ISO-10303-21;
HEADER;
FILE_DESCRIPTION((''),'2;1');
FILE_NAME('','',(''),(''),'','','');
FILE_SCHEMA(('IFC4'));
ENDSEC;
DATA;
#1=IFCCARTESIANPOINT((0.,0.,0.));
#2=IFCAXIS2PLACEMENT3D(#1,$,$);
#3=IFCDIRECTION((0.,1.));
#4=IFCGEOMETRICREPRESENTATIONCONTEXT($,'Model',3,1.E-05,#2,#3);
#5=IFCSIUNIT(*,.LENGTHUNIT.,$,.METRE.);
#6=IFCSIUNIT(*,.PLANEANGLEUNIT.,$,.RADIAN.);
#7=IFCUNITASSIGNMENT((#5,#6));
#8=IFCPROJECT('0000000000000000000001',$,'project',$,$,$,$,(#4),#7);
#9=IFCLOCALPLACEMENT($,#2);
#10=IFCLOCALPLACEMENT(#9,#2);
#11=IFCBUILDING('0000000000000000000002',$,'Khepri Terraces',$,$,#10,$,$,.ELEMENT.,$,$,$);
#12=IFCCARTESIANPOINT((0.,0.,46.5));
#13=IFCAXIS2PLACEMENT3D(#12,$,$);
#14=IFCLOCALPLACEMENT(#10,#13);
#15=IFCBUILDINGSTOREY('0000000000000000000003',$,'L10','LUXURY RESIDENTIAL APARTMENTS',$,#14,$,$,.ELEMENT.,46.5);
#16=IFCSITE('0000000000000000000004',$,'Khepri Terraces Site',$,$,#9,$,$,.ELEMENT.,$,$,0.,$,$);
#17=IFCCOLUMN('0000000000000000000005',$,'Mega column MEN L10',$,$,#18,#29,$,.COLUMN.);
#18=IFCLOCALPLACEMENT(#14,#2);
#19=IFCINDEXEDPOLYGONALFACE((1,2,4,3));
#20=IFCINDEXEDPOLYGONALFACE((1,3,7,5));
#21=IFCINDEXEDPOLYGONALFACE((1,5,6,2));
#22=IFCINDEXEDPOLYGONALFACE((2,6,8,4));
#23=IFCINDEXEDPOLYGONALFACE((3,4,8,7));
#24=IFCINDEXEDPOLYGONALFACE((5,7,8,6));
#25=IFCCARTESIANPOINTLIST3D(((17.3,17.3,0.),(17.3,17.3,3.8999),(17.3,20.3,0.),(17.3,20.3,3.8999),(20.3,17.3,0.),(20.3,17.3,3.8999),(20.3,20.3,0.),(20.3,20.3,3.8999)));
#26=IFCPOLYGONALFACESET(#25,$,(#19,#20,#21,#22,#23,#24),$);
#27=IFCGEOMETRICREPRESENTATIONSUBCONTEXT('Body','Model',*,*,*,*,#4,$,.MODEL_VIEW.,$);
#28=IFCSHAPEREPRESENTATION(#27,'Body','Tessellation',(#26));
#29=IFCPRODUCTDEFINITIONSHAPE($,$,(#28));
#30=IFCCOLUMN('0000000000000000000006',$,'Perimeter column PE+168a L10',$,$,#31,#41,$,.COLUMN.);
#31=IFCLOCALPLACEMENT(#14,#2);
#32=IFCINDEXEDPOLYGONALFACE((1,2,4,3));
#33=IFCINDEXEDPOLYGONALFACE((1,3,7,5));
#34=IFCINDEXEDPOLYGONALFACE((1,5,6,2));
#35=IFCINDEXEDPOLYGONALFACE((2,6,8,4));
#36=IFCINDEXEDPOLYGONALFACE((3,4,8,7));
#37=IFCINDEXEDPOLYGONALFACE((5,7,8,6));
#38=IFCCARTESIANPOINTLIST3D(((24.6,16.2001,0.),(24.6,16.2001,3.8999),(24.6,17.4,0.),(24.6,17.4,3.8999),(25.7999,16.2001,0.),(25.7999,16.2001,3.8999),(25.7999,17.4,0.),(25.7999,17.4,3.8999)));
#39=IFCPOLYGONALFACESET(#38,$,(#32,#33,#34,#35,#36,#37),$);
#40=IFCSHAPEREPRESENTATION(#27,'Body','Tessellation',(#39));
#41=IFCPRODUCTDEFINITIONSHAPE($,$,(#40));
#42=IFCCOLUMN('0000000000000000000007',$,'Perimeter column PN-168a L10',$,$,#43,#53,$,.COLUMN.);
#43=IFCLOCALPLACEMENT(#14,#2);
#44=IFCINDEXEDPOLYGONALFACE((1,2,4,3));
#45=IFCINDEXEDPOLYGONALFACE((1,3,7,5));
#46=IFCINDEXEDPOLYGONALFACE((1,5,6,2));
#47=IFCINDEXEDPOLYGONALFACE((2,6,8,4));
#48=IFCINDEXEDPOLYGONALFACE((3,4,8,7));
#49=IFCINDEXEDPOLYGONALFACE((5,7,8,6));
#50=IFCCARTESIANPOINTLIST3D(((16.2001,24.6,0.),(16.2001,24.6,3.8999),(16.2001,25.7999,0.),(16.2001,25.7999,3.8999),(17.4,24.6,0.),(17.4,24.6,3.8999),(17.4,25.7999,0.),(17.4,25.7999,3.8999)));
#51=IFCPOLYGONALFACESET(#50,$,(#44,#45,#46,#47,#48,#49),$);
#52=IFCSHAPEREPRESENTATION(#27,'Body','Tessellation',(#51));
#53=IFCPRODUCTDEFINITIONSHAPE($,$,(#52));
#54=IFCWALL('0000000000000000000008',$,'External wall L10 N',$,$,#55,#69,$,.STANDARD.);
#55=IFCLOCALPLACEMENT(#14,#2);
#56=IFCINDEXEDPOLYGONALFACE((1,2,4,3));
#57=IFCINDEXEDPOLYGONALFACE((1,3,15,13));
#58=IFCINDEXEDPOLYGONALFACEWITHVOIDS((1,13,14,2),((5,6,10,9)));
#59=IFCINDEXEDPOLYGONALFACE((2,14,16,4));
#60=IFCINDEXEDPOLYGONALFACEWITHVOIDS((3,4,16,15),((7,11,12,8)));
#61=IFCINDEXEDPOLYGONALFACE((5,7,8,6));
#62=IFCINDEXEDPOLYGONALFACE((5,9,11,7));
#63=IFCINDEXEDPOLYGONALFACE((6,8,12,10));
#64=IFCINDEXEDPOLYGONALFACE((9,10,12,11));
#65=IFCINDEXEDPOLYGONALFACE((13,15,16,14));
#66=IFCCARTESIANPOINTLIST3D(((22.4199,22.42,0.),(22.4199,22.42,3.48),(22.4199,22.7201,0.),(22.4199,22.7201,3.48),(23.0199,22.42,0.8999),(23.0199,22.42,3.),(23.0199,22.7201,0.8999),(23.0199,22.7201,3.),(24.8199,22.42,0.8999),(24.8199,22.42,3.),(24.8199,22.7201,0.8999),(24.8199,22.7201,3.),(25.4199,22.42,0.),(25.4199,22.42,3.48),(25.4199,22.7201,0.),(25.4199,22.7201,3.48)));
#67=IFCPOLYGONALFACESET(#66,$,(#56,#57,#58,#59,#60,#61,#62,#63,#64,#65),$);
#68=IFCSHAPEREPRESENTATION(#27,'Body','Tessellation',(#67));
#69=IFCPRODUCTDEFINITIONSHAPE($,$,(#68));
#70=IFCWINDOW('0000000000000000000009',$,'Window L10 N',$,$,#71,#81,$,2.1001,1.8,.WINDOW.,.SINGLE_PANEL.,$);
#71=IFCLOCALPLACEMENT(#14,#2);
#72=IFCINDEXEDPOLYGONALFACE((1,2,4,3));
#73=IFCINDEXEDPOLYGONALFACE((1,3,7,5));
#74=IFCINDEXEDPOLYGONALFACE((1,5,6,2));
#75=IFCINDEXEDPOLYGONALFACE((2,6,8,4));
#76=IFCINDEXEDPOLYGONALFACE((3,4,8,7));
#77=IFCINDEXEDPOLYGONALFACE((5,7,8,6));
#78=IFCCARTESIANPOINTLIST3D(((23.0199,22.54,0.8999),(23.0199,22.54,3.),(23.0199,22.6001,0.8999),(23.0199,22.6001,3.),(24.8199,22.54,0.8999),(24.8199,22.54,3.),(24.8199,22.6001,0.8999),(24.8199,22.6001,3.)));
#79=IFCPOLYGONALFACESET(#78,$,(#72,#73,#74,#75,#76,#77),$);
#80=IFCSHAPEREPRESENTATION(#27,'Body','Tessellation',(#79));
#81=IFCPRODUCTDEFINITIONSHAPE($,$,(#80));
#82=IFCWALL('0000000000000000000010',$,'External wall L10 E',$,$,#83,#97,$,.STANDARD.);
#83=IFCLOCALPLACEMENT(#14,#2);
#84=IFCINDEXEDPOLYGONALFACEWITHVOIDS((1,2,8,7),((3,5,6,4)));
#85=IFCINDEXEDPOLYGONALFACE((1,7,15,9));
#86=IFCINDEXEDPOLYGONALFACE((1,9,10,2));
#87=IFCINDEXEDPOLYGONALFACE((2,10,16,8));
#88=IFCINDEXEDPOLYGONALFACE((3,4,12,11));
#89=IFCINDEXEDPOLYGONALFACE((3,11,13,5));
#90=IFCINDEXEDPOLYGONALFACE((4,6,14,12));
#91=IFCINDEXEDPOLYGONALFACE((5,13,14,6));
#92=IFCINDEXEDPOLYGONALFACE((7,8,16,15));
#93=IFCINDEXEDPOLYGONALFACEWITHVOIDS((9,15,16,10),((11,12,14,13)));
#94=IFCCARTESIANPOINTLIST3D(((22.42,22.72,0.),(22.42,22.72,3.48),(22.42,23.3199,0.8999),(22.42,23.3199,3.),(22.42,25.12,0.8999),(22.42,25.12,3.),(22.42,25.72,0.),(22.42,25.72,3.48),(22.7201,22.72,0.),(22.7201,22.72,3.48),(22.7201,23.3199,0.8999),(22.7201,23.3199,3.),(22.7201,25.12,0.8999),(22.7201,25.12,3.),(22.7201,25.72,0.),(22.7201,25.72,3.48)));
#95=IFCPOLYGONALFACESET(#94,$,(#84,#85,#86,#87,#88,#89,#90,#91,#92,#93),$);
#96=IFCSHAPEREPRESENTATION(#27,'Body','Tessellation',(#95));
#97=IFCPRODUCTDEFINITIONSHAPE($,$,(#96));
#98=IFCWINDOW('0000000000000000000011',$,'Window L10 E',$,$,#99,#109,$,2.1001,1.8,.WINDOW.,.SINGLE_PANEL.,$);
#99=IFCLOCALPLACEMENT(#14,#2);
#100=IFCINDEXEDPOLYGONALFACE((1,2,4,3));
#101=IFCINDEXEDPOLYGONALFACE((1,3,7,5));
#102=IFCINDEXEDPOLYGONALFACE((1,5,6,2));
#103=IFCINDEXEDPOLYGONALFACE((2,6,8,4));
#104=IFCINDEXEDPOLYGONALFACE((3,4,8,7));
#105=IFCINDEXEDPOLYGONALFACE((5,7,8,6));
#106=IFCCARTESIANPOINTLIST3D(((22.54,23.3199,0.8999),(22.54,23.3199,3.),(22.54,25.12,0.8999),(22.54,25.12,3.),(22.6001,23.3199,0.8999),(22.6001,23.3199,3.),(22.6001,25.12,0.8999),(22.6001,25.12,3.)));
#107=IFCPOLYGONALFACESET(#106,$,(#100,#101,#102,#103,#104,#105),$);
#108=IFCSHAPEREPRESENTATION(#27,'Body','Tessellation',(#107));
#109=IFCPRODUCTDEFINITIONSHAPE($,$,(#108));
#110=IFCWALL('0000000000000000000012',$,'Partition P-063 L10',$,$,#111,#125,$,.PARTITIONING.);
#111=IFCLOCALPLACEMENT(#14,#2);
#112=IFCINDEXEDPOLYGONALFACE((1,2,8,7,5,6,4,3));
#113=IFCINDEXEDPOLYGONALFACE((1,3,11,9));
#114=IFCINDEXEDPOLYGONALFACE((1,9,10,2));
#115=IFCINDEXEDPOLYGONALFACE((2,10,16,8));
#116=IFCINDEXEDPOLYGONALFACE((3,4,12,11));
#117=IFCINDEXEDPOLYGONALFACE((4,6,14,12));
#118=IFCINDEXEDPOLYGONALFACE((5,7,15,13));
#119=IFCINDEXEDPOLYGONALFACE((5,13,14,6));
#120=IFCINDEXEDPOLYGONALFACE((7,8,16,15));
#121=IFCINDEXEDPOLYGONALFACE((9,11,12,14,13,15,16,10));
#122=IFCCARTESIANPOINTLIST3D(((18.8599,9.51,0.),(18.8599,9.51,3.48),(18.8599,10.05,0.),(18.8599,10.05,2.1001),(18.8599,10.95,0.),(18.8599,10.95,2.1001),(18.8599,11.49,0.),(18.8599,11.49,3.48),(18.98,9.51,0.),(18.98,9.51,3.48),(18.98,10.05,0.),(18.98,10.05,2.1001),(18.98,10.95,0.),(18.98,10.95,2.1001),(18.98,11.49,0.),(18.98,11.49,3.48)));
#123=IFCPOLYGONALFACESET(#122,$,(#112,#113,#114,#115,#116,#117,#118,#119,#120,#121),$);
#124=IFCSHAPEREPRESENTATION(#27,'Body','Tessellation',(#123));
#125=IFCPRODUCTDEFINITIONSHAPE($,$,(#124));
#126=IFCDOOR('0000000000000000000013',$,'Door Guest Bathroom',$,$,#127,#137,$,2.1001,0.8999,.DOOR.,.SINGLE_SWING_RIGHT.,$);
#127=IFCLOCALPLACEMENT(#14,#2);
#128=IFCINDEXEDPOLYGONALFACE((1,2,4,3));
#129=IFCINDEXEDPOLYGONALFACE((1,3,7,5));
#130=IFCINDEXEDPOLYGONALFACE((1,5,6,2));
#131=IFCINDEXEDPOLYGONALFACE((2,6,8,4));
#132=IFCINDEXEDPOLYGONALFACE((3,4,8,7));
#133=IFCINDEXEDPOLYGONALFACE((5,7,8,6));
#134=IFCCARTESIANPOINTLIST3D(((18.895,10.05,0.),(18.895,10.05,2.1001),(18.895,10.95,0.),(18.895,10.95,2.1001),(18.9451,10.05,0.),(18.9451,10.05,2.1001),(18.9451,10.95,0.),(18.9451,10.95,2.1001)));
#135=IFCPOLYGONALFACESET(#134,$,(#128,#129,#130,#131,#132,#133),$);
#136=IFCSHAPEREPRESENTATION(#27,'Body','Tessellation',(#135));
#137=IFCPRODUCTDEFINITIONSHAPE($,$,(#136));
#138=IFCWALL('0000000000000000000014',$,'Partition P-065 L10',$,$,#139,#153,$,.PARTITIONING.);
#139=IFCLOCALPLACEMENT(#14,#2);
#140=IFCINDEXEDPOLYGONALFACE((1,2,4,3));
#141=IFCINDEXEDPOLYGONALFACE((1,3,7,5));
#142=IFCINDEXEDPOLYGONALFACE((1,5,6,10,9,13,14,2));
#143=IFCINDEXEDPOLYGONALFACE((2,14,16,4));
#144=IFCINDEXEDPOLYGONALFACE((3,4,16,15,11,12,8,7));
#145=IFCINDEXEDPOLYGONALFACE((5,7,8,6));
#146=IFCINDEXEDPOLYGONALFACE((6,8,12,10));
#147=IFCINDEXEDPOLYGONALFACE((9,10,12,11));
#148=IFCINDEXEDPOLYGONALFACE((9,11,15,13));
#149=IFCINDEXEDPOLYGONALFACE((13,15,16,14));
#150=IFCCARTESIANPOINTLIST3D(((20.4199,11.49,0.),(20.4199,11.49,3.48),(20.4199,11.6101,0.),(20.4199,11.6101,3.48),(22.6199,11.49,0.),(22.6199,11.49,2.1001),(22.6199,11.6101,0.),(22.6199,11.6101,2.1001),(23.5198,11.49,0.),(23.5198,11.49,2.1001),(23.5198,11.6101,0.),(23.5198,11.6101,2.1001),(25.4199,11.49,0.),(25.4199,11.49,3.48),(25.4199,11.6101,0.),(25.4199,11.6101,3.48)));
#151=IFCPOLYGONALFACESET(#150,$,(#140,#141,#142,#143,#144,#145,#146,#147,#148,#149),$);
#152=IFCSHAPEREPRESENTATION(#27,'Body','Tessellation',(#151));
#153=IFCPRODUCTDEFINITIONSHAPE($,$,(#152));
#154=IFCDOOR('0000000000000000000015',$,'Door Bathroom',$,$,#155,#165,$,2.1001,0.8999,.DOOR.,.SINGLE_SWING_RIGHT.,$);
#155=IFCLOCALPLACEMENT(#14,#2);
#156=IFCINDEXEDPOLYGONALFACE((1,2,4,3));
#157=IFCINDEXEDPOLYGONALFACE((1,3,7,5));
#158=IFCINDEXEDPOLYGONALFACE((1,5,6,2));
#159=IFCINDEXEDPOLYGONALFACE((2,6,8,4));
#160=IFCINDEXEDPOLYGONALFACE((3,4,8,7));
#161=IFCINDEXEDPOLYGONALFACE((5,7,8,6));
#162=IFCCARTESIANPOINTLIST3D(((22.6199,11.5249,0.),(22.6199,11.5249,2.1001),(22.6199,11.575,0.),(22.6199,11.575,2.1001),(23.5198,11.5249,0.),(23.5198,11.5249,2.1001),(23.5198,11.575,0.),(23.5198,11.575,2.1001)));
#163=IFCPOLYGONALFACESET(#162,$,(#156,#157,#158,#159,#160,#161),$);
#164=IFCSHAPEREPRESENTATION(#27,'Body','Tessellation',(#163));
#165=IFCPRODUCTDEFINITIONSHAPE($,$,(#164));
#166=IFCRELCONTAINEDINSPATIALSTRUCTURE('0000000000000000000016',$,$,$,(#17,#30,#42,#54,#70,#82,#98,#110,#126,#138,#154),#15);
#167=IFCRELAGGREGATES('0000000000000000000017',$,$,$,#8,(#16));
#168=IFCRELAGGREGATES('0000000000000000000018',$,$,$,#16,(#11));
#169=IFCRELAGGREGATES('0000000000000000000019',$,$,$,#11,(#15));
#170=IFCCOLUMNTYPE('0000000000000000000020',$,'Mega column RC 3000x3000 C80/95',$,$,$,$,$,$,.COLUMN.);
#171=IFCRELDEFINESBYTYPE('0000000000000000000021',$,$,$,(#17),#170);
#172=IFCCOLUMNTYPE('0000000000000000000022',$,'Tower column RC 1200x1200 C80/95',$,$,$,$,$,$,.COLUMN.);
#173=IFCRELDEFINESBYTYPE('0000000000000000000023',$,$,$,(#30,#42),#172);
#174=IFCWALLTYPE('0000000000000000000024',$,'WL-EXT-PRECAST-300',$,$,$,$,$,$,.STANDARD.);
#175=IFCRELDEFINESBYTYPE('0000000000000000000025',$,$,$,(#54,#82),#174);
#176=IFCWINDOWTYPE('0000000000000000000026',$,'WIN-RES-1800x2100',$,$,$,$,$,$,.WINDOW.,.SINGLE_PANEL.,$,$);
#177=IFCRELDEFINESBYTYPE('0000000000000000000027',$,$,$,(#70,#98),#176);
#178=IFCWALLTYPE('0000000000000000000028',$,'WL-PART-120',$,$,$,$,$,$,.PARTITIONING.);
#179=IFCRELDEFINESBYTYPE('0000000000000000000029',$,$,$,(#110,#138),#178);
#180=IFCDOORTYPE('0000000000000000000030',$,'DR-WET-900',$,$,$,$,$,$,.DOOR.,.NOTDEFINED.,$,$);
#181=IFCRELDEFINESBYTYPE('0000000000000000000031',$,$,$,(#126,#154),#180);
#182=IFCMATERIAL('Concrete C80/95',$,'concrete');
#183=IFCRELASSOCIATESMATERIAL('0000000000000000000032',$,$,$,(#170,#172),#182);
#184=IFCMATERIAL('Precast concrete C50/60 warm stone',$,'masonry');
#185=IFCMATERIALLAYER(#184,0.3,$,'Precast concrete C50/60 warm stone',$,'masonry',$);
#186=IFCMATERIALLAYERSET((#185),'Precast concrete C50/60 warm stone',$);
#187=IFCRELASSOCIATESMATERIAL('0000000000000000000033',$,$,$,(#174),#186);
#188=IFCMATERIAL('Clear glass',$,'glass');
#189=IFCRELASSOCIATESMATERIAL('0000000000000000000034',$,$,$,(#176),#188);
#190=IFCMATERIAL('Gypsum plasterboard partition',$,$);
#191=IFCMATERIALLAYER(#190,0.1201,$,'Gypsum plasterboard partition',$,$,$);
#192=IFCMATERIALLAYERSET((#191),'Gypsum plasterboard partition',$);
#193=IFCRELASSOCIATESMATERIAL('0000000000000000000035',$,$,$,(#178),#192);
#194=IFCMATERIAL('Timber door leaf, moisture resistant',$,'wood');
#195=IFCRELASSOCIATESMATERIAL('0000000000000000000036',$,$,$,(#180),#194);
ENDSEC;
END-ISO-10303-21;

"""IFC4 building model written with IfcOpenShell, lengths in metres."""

from ifc_helpers import new_model, si_unit, direction, frame, frame_2d, origin, origin_2d, place, context, subcontext, project, spatial, rectangle, extrude, material, layer, layer_set, material_profile, profile_set, type_object, element, fill, save


model = new_model("IFC4")

# Units and contexts
model_context = context("Model", 3, precision=1e-05, world=origin(), true_north=direction((0.0, 1.0)))
body_context = subcontext(model_context, "Body", "Model", "MODEL_VIEW")
ifc_project = project(units=[si_unit("LENGTHUNIT", "METRE"), si_unit("PLANEANGLEUNIT", "RADIAN")], contexts=[model_context])

# Site, building, storey
site_placement = place(None, origin())
site = spatial("IfcSite", under=ifc_project, at=site_placement, Name="Khepri Terraces Site", CompositionType="ELEMENT", RefElevation=0.0)
building_placement = place(site_placement, origin())
building = spatial("IfcBuilding", under=site, at=building_placement, Name="Khepri Terraces", CompositionType="ELEMENT")
storey_placement = place(building_placement, frame((0.0, 0.0, 46.5)))
storey = spatial("IfcBuildingStorey", under=building, at=storey_placement, Name="L10", Description="LUXURY RESIDENTIAL APARTMENTS", CompositionType="ELEMENT", Elevation=46.5)

# Columns
ifc_material_1 = material(Name="Concrete C80/95", Category="concrete")
ifc_material_profile_1 = material_profile(ifc_material_1, rectangle(XDim=3.0, YDim=3.0, at=origin_2d()), Name="Concrete C80/95", Category="concrete")
ifc_profile_set_1 = profile_set([ifc_material_profile_1], Name="Concrete C80/95")
column_type_1 = type_object("IfcColumnType", Name="Mega column RC 3000x3000 C80/95", PredefinedType="COLUMN", material=ifc_profile_set_1)
column_placement = place(storey_placement, frame((18.8, 18.8, 0.0), z_axis=(0.0, 0.0, 1.0), x_axis=(1.0, 0.0, 0.0)))
element("IfcColumn", 1, at=column_placement, inside=storey, type_object=column_type_1, Name="Mega column MEN L10", PredefinedType="COLUMN", context=body_context, shape_type="SweptSolid", body=[
    extrude(rectangle(XDim=3.0, YDim=3.0, at=origin_2d()), origin(), (0.0, 0.0, 1.0), 3.8999),
])
ifc_material_profile_2 = material_profile(ifc_material_1, rectangle(XDim=1.2, YDim=1.2, at=origin_2d()), Name="Concrete C80/95", Category="concrete")
ifc_profile_set_2 = profile_set([ifc_material_profile_2], Name="Concrete C80/95")
column_type_2 = type_object("IfcColumnType", Name="Tower column RC 1200x1200 C80/95", PredefinedType="COLUMN", material=ifc_profile_set_2)
for number, where, z_axis, x_axis, name in (
    (2, (25.2, 16.8, 0.0), (0.0, 0.0, 1.0), (1.0, 0.0, 0.0), "Perimeter column PE+168a L10"),
    (3, (16.8, 25.2, 0.0), (0.0, 0.0, 1.0), (1.0, 0.0, 0.0), "Perimeter column PN-168a L10"),
):
    element("IfcColumn", number, at=place(storey_placement, frame(where, z_axis=z_axis, x_axis=x_axis)), inside=storey, type_object=column_type_2, Name=name, PredefinedType="COLUMN", context=body_context, shape_type="SweptSolid", body=[
        extrude(rectangle(XDim=1.2, YDim=1.2, at=origin_2d()), origin(), (0.0, 0.0, 1.0), 3.8999),
    ])

# Shared definitions
ifc_material_2 = material(Name="Precast concrete C50/60 warm stone", Category="masonry")
ifc_layer_1 = layer(ifc_material_2, 0.3, Name="Precast concrete C50/60 warm stone", Category="masonry")
ifc_layer_set_1 = layer_set([ifc_layer_1], Name="Precast concrete C50/60 warm stone")
wall_type_1 = type_object("IfcWallType", Name="WL-EXT-PRECAST-300", PredefinedType="STANDARD", material=ifc_layer_set_1)
ifc_material_3 = material(Name="Clear glass", Category="glass")
window_type = type_object("IfcWindowType", Name="WIN-RES-1800x2100", PartitioningType="SINGLE_PANEL", PredefinedType="WINDOW", material=ifc_material_3)

# Walls, openings, windows
wall_1_placement = place(storey_placement, frame((25.4199, 22.5701, 0.0), z_axis=(0.0, 0.0, 1.0), x_axis=(-1.0, 0.0, 0.0)))
wall_1 = element("IfcWall", 4, at=wall_1_placement, inside=storey, type_object=wall_type_1, Name="External wall L10 N", PredefinedType="STANDARD", context=body_context, shape_type="SweptSolid", body=[
    extrude(rectangle(XDim=3.0, YDim=0.3, at=frame_2d((1.5, 0.0))), origin(), (0.0, 0.0, 1.0), 3.48),
])
opening_1_placement = place(wall_1_placement, frame((0.6001, 0.0, 0.8999)))
opening_1 = element("IfcOpeningElement", 5, at=opening_1_placement, cuts=wall_1, PredefinedType="OPENING", context=body_context, shape_type="SweptSolid", body=[
    extrude(rectangle(XDim=1.8, YDim=2.1001, at=frame_2d((0.8999, 1.05))), frame((0.0, 0.1602, 0.0), z_axis=(0.0, -1.0, 0.0), x_axis=(1.0, 0.0, 0.0)), (0.0, 0.0, 1.0), 0.3201),
])
window_1_placement = place(opening_1_placement, origin())
window_1 = element("IfcWindow", 6, at=window_1_placement, inside=storey, type_object=window_type, Name="Window L10 N", OverallHeight=2.1001, OverallWidth=1.8, PartitioningType="SINGLE_PANEL", PredefinedType="WINDOW", context=body_context, shape_type="SweptSolid", body=[
    extrude(rectangle(XDim=1.8, YDim=2.1001, at=frame_2d((0.8999, 1.05))), frame((0.0, 0.03, 0.0), z_axis=(0.0, -1.0, 0.0), x_axis=(1.0, 0.0, 0.0)), (0.0, 0.0, 1.0), 0.0601),
])
fill(opening_1, window_1)
wall_2_placement = place(storey_placement, frame((22.5701, 22.72, 0.0), z_axis=(0.0, 0.0, 1.0), x_axis=(0.0, 1.0, 0.0)))
wall_2 = element("IfcWall", 7, at=wall_2_placement, inside=storey, type_object=wall_type_1, Name="External wall L10 E", PredefinedType="STANDARD", context=body_context, shape_type="SweptSolid", body=[
    extrude(rectangle(XDim=3.0, YDim=0.3, at=frame_2d((1.5, 0.0))), origin(), (0.0, 0.0, 1.0), 3.48),
])
opening_2_placement = place(wall_2_placement, frame((0.6001, 0.0, 0.8999)))
opening_2 = element("IfcOpeningElement", 8, at=opening_2_placement, cuts=wall_2, PredefinedType="OPENING", context=body_context, shape_type="SweptSolid", body=[
    extrude(rectangle(XDim=1.8, YDim=2.1001, at=frame_2d((0.8999, 1.05))), frame((0.0, 0.1602, 0.0), z_axis=(0.0, -1.0, 0.0), x_axis=(1.0, 0.0, 0.0)), (0.0, 0.0, 1.0), 0.3201),
])
window_2_placement = place(opening_2_placement, origin())
window_2 = element("IfcWindow", 9, at=window_2_placement, inside=storey, type_object=window_type, Name="Window L10 E", OverallHeight=2.1001, OverallWidth=1.8, PartitioningType="SINGLE_PANEL", PredefinedType="WINDOW", context=body_context, shape_type="SweptSolid", body=[
    extrude(rectangle(XDim=1.8, YDim=2.1001, at=frame_2d((0.8999, 1.05))), frame((0.0, 0.03, 0.0), z_axis=(0.0, -1.0, 0.0), x_axis=(1.0, 0.0, 0.0)), (0.0, 0.0, 1.0), 0.0601),
])
fill(opening_2, window_2)

# Walls, openings, doors
ifc_material_4 = material(Name="Gypsum plasterboard partition")
ifc_layer_2 = layer(ifc_material_4, 0.1201, Name="Gypsum plasterboard partition")
ifc_layer_set_2 = layer_set([ifc_layer_2], Name="Gypsum plasterboard partition")
wall_type_2 = type_object("IfcWallType", Name="WL-PART-120", PredefinedType="PARTITIONING", material=ifc_layer_set_2)
wall_3_placement = place(storey_placement, frame((18.9199, 9.51, 0.0), z_axis=(0.0, 0.0, 1.0), x_axis=(0.0, 1.0, 0.0)))
wall_3 = element("IfcWall", 10, at=wall_3_placement, inside=storey, type_object=wall_type_2, Name="Partition P-063 L10", PredefinedType="PARTITIONING", context=body_context, shape_type="SweptSolid", body=[
    extrude(rectangle(XDim=1.98, YDim=0.1201, at=frame_2d((0.99, 0.0))), origin(), (0.0, 0.0, 1.0), 3.48),
])
opening_3_placement = place(wall_3_placement, frame((0.54, 0.0, 0.0)))
opening_3 = element("IfcOpeningElement", 11, at=opening_3_placement, cuts=wall_3, PredefinedType="OPENING", context=body_context, shape_type="SweptSolid", body=[
    extrude(rectangle(XDim=0.8999, YDim=2.1001, at=frame_2d((0.45, 1.05))), frame((0.0, 0.0701, 0.0), z_axis=(0.0, -1.0, 0.0), x_axis=(1.0, 0.0, 0.0)), (0.0, 0.0, 1.0), 0.1401),
])
ifc_material_5 = material(Name="Timber door leaf, moisture resistant", Category="wood")
door_type_1 = type_object("IfcDoorType", Name="DR-WET-900", OperationType="NOTDEFINED", PredefinedType="DOOR", material=ifc_material_5)
door_1_placement = place(opening_3_placement, origin())
door_1 = element("IfcDoor", 12, at=door_1_placement, inside=storey, type_object=door_type_1, Name="Door Guest Bathroom", OperationType="SINGLE_SWING_RIGHT", OverallHeight=2.1001, OverallWidth=0.8999, PredefinedType="DOOR", context=body_context, shape_type="SweptSolid", body=[
    extrude(rectangle(XDim=0.8999, YDim=2.1001, at=frame_2d((0.45, 1.05))), frame((0.0, 0.0249, 0.0), z_axis=(0.0, -1.0, 0.0), x_axis=(1.0, 0.0, 0.0)), (0.0, 0.0, 1.0), 0.05),
])
fill(opening_3, door_1)
wall_4_placement = place(storey_placement, frame((20.4199, 11.55, 0.0), z_axis=(0.0, 0.0, 1.0), x_axis=(1.0, 0.0, 0.0)))
wall_4 = element("IfcWall", 13, at=wall_4_placement, inside=storey, type_object=wall_type_2, Name="Partition P-065 L10", PredefinedType="PARTITIONING", context=body_context, shape_type="SweptSolid", body=[
    extrude(rectangle(XDim=5.0, YDim=0.1201, at=frame_2d((2.5, 0.0))), origin(), (0.0, 0.0, 1.0), 3.48),
])
opening_4_placement = place(wall_4_placement, frame((2.2, 0.0, 0.0)))
opening_4 = element("IfcOpeningElement", 14, at=opening_4_placement, cuts=wall_4, PredefinedType="OPENING", context=body_context, shape_type="SweptSolid", body=[
    extrude(rectangle(XDim=0.8999, YDim=2.1001, at=frame_2d((0.45, 1.05))), frame((0.0, 0.0701, 0.0), z_axis=(0.0, -1.0, 0.0), x_axis=(1.0, 0.0, 0.0)), (0.0, 0.0, 1.0), 0.1401),
])
door_2_placement = place(opening_4_placement, origin())
door_2 = element("IfcDoor", 15, at=door_2_placement, inside=storey, type_object=door_type_1, Name="Door Bathroom", OperationType="SINGLE_SWING_RIGHT", OverallHeight=2.1001, OverallWidth=0.8999, PredefinedType="DOOR", context=body_context, shape_type="SweptSolid", body=[
    extrude(rectangle(XDim=0.8999, YDim=2.1001, at=frame_2d((0.45, 1.05))), frame((0.0, 0.0249, 0.0), z_axis=(0.0, -1.0, 0.0), x_axis=(1.0, 0.0, 0.0)), (0.0, 0.0, 1.0), 0.05),
])
fill(opening_4, door_2)

save(model, "model.ifc")
